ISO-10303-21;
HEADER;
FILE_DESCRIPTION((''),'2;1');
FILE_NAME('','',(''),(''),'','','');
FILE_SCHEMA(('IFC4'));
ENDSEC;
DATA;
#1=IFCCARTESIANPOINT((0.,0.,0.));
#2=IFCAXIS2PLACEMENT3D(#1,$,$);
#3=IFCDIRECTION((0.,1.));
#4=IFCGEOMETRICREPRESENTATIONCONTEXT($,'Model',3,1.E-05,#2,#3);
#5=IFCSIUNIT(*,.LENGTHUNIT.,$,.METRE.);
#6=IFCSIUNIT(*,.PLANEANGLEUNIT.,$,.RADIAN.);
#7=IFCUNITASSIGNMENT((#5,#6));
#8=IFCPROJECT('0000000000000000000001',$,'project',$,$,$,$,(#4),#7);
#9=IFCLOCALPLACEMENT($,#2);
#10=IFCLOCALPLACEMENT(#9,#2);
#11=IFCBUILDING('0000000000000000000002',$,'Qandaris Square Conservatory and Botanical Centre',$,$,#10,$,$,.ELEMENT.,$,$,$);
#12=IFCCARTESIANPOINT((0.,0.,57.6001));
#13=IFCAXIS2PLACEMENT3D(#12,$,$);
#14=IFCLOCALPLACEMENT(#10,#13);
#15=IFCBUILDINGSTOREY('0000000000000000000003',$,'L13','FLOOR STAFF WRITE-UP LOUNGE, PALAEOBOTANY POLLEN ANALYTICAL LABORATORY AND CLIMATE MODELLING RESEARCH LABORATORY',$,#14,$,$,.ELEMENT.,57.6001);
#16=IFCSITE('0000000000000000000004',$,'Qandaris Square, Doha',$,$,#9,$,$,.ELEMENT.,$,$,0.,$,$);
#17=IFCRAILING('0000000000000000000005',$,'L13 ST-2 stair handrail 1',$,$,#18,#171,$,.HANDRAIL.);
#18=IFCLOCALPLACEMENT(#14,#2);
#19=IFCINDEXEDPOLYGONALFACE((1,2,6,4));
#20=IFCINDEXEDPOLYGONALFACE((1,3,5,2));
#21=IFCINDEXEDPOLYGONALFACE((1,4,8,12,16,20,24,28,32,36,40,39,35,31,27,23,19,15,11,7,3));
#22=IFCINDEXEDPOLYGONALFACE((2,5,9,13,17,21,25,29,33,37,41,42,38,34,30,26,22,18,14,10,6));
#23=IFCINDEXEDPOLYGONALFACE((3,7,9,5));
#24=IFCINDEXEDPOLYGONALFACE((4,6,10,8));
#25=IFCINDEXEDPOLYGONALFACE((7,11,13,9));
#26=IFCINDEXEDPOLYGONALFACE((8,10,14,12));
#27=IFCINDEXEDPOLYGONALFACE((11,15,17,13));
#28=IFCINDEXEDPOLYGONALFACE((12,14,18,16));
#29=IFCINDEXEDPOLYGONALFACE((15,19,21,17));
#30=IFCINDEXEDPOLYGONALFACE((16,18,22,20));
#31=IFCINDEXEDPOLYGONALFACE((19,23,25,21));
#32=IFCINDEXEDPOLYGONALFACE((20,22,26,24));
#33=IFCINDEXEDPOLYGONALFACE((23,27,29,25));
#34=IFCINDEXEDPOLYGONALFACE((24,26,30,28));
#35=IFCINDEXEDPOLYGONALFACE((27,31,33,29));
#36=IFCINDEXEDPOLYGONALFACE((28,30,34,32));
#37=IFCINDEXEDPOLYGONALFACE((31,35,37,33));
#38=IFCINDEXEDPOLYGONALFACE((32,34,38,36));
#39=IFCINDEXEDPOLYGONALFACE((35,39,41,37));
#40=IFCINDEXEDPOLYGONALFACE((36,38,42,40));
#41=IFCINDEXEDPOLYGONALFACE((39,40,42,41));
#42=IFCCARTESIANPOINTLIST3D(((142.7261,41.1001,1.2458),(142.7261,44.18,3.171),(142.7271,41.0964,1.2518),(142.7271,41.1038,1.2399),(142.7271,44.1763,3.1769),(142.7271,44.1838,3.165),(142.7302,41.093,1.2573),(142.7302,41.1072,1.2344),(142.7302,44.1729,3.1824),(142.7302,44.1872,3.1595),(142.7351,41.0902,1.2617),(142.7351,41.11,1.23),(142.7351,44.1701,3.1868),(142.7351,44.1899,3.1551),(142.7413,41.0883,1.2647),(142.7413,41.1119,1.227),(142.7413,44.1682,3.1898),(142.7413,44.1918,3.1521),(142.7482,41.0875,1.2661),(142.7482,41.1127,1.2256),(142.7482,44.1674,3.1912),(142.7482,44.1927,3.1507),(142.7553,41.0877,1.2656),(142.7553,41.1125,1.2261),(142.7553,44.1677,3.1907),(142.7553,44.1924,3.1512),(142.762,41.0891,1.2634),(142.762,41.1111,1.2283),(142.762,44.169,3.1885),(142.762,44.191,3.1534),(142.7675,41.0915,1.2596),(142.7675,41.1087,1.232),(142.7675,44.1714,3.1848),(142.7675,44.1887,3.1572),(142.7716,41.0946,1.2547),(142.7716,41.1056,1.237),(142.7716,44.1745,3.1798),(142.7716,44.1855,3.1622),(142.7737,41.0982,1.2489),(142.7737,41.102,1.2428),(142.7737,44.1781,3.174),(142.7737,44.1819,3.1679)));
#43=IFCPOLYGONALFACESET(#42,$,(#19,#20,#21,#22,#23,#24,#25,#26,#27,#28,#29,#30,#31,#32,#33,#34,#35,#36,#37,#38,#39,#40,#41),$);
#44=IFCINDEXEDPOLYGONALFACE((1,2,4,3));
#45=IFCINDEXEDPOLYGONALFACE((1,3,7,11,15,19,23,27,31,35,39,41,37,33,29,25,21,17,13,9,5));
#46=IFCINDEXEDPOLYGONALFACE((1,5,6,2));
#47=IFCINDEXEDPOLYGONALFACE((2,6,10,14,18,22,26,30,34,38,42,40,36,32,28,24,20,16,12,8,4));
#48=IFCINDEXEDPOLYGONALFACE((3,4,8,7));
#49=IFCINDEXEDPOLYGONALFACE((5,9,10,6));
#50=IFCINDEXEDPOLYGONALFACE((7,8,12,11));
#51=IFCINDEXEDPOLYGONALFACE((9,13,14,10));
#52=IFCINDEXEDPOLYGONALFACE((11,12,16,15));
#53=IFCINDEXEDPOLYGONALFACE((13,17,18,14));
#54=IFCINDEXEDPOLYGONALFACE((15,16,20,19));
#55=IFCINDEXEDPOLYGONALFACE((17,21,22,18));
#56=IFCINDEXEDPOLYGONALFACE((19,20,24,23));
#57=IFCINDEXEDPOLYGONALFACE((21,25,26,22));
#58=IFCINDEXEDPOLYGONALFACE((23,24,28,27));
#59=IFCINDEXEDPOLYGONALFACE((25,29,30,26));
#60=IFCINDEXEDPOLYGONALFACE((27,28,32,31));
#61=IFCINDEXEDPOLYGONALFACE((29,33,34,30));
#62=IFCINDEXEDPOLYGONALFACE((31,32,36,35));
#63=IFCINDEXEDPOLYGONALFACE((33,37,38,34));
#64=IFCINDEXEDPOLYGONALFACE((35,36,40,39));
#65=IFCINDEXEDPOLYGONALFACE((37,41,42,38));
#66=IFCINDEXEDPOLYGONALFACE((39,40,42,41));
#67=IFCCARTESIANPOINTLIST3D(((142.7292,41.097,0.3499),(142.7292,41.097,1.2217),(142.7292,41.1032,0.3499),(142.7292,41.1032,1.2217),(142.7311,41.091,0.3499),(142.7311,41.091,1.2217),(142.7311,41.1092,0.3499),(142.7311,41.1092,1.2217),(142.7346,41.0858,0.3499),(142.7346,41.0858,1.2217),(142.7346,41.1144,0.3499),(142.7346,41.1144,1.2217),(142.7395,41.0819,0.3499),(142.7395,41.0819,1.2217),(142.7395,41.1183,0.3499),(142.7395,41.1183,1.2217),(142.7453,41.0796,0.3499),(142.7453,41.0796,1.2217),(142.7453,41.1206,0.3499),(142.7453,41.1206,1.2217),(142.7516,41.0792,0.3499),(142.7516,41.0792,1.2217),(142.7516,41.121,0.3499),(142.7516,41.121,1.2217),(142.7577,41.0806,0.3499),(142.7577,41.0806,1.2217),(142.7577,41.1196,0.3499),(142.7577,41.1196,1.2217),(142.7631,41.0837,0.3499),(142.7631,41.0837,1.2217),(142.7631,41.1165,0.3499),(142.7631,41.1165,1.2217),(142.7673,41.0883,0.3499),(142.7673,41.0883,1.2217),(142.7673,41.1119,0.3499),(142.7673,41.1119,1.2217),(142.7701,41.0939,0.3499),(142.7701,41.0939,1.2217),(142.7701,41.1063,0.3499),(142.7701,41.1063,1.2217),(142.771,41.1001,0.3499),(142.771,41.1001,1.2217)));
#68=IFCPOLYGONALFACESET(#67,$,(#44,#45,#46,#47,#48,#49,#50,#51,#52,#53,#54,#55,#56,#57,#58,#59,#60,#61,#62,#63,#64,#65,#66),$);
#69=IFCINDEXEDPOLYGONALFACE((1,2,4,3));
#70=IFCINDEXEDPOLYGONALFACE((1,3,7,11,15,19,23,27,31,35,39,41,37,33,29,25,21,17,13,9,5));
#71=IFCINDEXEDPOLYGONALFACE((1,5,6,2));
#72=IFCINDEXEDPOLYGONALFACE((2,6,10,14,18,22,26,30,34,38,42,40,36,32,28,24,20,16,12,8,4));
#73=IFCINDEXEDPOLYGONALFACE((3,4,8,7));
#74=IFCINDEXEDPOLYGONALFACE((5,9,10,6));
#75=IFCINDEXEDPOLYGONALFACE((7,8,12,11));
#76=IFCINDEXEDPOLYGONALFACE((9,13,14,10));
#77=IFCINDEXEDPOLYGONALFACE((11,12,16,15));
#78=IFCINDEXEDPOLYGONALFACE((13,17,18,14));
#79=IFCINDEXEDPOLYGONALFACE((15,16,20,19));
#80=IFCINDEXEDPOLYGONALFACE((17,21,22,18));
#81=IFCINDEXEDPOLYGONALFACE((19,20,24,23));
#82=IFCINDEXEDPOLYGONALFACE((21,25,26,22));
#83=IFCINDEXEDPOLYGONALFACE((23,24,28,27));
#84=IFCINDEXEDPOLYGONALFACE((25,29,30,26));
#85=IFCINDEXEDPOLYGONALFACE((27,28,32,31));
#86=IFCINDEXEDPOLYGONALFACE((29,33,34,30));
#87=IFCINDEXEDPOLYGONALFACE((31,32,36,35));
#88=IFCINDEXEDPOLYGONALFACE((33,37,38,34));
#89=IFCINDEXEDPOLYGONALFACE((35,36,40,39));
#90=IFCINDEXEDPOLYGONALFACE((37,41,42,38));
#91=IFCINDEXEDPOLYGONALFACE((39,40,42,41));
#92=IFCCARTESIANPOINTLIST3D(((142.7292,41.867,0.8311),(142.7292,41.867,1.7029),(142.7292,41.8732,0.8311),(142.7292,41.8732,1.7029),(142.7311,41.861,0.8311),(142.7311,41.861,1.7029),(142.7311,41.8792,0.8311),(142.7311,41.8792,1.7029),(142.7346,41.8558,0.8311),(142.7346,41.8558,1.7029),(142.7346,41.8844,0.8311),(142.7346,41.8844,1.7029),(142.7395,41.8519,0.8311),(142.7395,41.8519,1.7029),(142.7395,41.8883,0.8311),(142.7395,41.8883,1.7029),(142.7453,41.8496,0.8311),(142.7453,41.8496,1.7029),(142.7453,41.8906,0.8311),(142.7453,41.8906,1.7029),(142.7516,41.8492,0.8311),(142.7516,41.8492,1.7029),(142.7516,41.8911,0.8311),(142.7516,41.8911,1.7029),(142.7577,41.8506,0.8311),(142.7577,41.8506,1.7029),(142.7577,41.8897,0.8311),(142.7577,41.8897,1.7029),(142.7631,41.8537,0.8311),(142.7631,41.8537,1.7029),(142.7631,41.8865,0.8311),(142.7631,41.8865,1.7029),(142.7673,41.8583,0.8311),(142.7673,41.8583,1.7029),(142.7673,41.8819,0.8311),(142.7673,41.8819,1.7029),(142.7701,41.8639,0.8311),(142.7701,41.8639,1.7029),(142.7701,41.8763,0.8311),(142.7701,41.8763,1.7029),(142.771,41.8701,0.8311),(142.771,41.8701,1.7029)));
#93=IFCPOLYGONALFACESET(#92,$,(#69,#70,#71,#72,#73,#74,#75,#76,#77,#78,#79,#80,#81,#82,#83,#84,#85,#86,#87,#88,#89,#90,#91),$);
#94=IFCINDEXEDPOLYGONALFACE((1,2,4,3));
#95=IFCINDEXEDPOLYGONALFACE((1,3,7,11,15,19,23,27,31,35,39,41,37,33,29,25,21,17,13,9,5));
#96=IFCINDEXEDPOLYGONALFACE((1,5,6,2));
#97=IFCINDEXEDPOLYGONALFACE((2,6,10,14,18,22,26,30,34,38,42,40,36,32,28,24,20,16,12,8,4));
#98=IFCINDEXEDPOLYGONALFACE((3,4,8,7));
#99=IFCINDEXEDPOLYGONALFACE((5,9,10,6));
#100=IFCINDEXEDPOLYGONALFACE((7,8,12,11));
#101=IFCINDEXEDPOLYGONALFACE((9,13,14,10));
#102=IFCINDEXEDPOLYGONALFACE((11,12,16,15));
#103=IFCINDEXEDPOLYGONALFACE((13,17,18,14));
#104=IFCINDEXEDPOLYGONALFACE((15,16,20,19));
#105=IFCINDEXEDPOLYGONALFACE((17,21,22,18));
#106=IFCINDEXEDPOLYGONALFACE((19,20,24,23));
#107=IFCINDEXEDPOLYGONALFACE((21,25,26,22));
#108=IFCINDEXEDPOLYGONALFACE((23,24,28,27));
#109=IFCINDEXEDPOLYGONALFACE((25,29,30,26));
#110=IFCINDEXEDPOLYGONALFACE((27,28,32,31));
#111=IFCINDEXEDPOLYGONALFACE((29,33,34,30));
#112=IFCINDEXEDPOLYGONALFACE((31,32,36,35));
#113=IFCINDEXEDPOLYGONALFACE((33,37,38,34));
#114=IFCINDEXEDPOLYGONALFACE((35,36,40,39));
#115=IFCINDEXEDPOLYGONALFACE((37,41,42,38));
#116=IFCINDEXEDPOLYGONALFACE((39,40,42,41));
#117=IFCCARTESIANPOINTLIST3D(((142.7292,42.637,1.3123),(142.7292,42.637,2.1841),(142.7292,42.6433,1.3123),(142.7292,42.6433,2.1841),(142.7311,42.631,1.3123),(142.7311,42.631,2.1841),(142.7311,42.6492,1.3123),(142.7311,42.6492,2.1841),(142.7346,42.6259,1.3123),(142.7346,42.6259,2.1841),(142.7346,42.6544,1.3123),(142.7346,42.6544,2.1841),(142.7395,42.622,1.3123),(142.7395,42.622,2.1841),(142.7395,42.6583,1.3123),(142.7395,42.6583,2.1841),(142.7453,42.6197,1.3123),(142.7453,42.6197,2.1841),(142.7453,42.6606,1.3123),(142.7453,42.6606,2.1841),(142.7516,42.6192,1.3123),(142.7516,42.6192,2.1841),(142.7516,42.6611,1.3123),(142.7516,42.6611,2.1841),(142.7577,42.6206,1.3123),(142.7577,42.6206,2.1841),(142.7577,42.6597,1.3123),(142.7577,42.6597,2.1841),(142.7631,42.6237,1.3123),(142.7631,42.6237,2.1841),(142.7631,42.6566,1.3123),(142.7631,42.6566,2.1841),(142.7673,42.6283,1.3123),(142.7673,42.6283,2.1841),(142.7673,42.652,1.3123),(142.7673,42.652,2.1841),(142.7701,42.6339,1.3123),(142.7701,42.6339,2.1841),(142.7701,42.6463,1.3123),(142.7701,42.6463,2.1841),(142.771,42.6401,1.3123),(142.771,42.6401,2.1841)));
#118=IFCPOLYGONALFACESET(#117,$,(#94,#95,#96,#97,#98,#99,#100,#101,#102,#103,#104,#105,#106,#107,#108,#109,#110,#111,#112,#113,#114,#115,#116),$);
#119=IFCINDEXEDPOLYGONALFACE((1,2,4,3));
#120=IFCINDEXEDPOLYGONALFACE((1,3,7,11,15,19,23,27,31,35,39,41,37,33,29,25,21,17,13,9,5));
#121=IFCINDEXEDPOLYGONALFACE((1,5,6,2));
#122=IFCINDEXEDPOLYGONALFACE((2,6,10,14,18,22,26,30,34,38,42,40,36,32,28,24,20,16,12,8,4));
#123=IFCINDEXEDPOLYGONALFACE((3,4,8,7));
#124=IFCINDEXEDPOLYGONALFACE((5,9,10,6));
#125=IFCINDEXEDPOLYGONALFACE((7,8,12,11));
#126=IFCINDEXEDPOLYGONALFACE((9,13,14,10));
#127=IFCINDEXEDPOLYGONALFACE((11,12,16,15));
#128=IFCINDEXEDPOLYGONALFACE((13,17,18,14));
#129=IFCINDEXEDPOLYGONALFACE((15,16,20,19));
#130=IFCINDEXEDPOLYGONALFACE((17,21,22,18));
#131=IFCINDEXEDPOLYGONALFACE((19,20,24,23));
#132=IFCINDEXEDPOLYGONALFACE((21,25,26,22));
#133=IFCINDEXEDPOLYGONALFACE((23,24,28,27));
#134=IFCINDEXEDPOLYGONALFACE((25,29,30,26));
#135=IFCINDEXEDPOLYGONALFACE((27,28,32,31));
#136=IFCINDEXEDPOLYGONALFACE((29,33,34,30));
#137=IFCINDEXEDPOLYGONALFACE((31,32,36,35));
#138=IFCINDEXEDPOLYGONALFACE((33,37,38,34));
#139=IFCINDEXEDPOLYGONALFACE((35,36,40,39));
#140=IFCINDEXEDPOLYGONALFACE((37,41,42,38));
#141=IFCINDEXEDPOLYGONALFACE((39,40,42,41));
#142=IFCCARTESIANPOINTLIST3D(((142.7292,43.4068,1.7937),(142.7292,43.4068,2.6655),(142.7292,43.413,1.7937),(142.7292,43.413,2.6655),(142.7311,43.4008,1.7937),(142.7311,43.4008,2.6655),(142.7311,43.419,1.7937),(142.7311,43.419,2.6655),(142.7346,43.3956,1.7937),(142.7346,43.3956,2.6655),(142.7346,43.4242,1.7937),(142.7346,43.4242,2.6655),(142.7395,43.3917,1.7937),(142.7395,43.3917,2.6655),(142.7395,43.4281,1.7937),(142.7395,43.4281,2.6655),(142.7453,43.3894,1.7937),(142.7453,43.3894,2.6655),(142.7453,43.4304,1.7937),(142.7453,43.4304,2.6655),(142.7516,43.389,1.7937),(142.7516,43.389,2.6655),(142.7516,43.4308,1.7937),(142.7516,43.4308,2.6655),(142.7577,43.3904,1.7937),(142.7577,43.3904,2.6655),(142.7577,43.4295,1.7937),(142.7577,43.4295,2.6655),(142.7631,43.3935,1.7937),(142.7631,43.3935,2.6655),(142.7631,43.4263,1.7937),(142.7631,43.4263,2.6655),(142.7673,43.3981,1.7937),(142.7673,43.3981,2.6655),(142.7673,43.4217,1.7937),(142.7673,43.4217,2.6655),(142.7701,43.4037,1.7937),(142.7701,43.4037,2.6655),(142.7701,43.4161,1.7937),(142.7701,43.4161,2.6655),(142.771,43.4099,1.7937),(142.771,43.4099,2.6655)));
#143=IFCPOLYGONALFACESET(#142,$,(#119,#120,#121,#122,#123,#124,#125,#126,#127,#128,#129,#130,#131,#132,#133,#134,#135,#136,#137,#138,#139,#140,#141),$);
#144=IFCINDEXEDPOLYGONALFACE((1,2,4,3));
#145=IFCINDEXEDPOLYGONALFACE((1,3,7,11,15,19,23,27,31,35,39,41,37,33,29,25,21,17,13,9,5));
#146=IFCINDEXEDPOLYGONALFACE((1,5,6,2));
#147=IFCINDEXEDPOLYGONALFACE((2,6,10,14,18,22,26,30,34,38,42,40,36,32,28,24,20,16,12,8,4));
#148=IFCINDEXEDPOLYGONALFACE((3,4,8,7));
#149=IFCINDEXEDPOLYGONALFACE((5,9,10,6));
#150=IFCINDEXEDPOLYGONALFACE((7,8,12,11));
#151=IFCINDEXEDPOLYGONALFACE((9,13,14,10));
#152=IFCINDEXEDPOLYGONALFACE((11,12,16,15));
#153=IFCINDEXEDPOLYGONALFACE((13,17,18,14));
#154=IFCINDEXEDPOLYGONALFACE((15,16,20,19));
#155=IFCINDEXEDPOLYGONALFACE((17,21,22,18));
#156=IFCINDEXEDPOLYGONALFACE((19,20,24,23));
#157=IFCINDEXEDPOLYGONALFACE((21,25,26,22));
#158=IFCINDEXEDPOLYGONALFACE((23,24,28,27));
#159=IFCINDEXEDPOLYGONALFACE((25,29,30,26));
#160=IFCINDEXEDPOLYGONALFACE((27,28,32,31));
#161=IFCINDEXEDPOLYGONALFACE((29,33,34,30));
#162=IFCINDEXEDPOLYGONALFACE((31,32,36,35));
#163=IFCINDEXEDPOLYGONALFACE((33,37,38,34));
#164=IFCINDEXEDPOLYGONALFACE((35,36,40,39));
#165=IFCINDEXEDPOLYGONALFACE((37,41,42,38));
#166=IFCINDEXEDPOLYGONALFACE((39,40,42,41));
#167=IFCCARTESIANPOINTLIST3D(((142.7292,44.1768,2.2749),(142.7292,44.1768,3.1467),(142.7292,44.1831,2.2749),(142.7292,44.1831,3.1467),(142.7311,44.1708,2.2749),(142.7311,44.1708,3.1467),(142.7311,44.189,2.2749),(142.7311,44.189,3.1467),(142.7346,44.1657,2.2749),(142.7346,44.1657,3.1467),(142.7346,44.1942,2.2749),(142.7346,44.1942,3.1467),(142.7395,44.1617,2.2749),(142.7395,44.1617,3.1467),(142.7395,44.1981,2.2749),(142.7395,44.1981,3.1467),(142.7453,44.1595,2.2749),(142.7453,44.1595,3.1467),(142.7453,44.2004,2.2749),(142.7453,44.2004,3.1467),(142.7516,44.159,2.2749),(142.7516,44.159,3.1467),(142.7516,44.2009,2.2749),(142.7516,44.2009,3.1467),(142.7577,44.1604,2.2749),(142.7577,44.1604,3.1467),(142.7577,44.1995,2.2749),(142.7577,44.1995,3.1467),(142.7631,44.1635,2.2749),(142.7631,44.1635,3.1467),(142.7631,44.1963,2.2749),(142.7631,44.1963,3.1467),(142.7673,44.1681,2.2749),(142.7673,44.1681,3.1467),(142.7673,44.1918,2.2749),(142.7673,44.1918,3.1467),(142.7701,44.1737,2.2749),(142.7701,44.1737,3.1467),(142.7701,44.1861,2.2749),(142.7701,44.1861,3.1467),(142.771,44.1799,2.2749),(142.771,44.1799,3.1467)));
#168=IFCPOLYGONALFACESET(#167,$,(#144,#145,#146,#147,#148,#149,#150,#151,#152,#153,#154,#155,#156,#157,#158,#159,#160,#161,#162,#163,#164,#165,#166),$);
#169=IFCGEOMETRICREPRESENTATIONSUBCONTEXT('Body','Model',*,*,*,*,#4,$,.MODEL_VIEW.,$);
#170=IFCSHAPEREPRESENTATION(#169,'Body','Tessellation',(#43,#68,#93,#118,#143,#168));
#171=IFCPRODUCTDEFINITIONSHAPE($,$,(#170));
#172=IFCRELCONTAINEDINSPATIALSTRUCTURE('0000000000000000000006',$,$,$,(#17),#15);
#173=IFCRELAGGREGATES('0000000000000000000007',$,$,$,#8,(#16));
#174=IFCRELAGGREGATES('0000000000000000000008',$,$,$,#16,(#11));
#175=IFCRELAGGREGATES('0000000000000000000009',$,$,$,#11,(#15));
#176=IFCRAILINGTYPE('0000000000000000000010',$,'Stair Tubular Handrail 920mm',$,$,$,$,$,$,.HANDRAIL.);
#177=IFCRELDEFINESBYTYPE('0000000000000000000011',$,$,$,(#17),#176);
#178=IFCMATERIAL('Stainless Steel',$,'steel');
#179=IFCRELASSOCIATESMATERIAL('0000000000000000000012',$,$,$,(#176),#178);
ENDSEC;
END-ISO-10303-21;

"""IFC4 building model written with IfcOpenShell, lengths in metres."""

from ifc_helpers import new_model, si_unit, direction, frame, origin, origin_2d, place, context, subcontext, project, spatial, circle, extrude, material, type_object, element, save


model = new_model("IFC4")

# Units and contexts
model_context = context("Model", 3, precision=1e-05, world=origin(), true_north=direction((0.0, 1.0)))
body_context = subcontext(model_context, "Body", "Model", "MODEL_VIEW")
ifc_project = project(units=[si_unit("LENGTHUNIT", "METRE"), si_unit("PLANEANGLEUNIT", "RADIAN")], contexts=[model_context])

# Site, building, storey
site_placement = place(None, origin())
site = spatial("IfcSite", under=ifc_project, at=site_placement, Name="Qandaris Square, Doha", CompositionType="ELEMENT", RefElevation=0.0)
building_placement = place(site_placement, origin())
building = spatial("IfcBuilding", under=site, at=building_placement, Name="Qandaris Square Conservatory and Botanical Centre", CompositionType="ELEMENT")
storey_placement = place(building_placement, frame((0.0, 0.0, 57.6001)))
storey = spatial("IfcBuildingStorey", under=building, at=storey_placement, Name="L13", Description="FLOOR STAFF WRITE-UP LOUNGE, PALAEOBOTANY POLLEN ANALYTICAL LABORATORY AND CLIMATE MODELLING RESEARCH LABORATORY", CompositionType="ELEMENT", Elevation=57.6001)

# Railing
ifc_material_1 = material(Name="Stainless Steel", Category="steel")
railing_type_1 = type_object("IfcRailingType", Name="Stair Tubular Handrail 920mm", PredefinedType="HANDRAIL", material=ifc_material_1)
railing_1_placement = place(storey_placement, frame((142.75, 41.1001, 0.3499)))
element("IfcRailing", 1, at=railing_1_placement, inside=storey, type_object=railing_type_1, Name="L13 ST-2 stair handrail 1", PredefinedType="HANDRAIL", context=body_context, shape_type="SweptSolid", body=[
    extrude(circle(Radius=0.0239, at=origin_2d()), frame((0.0, 0.0, 0.896), z_axis=(0.0, 0.847979, 0.530029), x_axis=(-1.0, 0.0, 0.0)), (0.0, 0.0, 1.0), 3.6321),
    extrude(circle(Radius=0.021, at=origin_2d()), origin(), (0.0, 0.0, 1.0), 0.8718),
    extrude(circle(Radius=0.021, at=origin_2d()), frame((0.0, 0.77, 0.4812)), (0.0, 0.0, 1.0), 0.8718),
    extrude(circle(Radius=0.021, at=origin_2d()), frame((0.0, 1.54, 0.9624)), (0.0, 0.0, 1.0), 0.8718),
    extrude(circle(Radius=0.021, at=origin_2d()), frame((0.0, 2.3098, 1.4438)), (0.0, 0.0, 1.0), 0.8718),
    extrude(circle(Radius=0.021, at=origin_2d()), frame((0.0, 3.0798, 1.925)), (0.0, 0.0, 1.0), 0.8718),
])

save(model, "model.ifc")
